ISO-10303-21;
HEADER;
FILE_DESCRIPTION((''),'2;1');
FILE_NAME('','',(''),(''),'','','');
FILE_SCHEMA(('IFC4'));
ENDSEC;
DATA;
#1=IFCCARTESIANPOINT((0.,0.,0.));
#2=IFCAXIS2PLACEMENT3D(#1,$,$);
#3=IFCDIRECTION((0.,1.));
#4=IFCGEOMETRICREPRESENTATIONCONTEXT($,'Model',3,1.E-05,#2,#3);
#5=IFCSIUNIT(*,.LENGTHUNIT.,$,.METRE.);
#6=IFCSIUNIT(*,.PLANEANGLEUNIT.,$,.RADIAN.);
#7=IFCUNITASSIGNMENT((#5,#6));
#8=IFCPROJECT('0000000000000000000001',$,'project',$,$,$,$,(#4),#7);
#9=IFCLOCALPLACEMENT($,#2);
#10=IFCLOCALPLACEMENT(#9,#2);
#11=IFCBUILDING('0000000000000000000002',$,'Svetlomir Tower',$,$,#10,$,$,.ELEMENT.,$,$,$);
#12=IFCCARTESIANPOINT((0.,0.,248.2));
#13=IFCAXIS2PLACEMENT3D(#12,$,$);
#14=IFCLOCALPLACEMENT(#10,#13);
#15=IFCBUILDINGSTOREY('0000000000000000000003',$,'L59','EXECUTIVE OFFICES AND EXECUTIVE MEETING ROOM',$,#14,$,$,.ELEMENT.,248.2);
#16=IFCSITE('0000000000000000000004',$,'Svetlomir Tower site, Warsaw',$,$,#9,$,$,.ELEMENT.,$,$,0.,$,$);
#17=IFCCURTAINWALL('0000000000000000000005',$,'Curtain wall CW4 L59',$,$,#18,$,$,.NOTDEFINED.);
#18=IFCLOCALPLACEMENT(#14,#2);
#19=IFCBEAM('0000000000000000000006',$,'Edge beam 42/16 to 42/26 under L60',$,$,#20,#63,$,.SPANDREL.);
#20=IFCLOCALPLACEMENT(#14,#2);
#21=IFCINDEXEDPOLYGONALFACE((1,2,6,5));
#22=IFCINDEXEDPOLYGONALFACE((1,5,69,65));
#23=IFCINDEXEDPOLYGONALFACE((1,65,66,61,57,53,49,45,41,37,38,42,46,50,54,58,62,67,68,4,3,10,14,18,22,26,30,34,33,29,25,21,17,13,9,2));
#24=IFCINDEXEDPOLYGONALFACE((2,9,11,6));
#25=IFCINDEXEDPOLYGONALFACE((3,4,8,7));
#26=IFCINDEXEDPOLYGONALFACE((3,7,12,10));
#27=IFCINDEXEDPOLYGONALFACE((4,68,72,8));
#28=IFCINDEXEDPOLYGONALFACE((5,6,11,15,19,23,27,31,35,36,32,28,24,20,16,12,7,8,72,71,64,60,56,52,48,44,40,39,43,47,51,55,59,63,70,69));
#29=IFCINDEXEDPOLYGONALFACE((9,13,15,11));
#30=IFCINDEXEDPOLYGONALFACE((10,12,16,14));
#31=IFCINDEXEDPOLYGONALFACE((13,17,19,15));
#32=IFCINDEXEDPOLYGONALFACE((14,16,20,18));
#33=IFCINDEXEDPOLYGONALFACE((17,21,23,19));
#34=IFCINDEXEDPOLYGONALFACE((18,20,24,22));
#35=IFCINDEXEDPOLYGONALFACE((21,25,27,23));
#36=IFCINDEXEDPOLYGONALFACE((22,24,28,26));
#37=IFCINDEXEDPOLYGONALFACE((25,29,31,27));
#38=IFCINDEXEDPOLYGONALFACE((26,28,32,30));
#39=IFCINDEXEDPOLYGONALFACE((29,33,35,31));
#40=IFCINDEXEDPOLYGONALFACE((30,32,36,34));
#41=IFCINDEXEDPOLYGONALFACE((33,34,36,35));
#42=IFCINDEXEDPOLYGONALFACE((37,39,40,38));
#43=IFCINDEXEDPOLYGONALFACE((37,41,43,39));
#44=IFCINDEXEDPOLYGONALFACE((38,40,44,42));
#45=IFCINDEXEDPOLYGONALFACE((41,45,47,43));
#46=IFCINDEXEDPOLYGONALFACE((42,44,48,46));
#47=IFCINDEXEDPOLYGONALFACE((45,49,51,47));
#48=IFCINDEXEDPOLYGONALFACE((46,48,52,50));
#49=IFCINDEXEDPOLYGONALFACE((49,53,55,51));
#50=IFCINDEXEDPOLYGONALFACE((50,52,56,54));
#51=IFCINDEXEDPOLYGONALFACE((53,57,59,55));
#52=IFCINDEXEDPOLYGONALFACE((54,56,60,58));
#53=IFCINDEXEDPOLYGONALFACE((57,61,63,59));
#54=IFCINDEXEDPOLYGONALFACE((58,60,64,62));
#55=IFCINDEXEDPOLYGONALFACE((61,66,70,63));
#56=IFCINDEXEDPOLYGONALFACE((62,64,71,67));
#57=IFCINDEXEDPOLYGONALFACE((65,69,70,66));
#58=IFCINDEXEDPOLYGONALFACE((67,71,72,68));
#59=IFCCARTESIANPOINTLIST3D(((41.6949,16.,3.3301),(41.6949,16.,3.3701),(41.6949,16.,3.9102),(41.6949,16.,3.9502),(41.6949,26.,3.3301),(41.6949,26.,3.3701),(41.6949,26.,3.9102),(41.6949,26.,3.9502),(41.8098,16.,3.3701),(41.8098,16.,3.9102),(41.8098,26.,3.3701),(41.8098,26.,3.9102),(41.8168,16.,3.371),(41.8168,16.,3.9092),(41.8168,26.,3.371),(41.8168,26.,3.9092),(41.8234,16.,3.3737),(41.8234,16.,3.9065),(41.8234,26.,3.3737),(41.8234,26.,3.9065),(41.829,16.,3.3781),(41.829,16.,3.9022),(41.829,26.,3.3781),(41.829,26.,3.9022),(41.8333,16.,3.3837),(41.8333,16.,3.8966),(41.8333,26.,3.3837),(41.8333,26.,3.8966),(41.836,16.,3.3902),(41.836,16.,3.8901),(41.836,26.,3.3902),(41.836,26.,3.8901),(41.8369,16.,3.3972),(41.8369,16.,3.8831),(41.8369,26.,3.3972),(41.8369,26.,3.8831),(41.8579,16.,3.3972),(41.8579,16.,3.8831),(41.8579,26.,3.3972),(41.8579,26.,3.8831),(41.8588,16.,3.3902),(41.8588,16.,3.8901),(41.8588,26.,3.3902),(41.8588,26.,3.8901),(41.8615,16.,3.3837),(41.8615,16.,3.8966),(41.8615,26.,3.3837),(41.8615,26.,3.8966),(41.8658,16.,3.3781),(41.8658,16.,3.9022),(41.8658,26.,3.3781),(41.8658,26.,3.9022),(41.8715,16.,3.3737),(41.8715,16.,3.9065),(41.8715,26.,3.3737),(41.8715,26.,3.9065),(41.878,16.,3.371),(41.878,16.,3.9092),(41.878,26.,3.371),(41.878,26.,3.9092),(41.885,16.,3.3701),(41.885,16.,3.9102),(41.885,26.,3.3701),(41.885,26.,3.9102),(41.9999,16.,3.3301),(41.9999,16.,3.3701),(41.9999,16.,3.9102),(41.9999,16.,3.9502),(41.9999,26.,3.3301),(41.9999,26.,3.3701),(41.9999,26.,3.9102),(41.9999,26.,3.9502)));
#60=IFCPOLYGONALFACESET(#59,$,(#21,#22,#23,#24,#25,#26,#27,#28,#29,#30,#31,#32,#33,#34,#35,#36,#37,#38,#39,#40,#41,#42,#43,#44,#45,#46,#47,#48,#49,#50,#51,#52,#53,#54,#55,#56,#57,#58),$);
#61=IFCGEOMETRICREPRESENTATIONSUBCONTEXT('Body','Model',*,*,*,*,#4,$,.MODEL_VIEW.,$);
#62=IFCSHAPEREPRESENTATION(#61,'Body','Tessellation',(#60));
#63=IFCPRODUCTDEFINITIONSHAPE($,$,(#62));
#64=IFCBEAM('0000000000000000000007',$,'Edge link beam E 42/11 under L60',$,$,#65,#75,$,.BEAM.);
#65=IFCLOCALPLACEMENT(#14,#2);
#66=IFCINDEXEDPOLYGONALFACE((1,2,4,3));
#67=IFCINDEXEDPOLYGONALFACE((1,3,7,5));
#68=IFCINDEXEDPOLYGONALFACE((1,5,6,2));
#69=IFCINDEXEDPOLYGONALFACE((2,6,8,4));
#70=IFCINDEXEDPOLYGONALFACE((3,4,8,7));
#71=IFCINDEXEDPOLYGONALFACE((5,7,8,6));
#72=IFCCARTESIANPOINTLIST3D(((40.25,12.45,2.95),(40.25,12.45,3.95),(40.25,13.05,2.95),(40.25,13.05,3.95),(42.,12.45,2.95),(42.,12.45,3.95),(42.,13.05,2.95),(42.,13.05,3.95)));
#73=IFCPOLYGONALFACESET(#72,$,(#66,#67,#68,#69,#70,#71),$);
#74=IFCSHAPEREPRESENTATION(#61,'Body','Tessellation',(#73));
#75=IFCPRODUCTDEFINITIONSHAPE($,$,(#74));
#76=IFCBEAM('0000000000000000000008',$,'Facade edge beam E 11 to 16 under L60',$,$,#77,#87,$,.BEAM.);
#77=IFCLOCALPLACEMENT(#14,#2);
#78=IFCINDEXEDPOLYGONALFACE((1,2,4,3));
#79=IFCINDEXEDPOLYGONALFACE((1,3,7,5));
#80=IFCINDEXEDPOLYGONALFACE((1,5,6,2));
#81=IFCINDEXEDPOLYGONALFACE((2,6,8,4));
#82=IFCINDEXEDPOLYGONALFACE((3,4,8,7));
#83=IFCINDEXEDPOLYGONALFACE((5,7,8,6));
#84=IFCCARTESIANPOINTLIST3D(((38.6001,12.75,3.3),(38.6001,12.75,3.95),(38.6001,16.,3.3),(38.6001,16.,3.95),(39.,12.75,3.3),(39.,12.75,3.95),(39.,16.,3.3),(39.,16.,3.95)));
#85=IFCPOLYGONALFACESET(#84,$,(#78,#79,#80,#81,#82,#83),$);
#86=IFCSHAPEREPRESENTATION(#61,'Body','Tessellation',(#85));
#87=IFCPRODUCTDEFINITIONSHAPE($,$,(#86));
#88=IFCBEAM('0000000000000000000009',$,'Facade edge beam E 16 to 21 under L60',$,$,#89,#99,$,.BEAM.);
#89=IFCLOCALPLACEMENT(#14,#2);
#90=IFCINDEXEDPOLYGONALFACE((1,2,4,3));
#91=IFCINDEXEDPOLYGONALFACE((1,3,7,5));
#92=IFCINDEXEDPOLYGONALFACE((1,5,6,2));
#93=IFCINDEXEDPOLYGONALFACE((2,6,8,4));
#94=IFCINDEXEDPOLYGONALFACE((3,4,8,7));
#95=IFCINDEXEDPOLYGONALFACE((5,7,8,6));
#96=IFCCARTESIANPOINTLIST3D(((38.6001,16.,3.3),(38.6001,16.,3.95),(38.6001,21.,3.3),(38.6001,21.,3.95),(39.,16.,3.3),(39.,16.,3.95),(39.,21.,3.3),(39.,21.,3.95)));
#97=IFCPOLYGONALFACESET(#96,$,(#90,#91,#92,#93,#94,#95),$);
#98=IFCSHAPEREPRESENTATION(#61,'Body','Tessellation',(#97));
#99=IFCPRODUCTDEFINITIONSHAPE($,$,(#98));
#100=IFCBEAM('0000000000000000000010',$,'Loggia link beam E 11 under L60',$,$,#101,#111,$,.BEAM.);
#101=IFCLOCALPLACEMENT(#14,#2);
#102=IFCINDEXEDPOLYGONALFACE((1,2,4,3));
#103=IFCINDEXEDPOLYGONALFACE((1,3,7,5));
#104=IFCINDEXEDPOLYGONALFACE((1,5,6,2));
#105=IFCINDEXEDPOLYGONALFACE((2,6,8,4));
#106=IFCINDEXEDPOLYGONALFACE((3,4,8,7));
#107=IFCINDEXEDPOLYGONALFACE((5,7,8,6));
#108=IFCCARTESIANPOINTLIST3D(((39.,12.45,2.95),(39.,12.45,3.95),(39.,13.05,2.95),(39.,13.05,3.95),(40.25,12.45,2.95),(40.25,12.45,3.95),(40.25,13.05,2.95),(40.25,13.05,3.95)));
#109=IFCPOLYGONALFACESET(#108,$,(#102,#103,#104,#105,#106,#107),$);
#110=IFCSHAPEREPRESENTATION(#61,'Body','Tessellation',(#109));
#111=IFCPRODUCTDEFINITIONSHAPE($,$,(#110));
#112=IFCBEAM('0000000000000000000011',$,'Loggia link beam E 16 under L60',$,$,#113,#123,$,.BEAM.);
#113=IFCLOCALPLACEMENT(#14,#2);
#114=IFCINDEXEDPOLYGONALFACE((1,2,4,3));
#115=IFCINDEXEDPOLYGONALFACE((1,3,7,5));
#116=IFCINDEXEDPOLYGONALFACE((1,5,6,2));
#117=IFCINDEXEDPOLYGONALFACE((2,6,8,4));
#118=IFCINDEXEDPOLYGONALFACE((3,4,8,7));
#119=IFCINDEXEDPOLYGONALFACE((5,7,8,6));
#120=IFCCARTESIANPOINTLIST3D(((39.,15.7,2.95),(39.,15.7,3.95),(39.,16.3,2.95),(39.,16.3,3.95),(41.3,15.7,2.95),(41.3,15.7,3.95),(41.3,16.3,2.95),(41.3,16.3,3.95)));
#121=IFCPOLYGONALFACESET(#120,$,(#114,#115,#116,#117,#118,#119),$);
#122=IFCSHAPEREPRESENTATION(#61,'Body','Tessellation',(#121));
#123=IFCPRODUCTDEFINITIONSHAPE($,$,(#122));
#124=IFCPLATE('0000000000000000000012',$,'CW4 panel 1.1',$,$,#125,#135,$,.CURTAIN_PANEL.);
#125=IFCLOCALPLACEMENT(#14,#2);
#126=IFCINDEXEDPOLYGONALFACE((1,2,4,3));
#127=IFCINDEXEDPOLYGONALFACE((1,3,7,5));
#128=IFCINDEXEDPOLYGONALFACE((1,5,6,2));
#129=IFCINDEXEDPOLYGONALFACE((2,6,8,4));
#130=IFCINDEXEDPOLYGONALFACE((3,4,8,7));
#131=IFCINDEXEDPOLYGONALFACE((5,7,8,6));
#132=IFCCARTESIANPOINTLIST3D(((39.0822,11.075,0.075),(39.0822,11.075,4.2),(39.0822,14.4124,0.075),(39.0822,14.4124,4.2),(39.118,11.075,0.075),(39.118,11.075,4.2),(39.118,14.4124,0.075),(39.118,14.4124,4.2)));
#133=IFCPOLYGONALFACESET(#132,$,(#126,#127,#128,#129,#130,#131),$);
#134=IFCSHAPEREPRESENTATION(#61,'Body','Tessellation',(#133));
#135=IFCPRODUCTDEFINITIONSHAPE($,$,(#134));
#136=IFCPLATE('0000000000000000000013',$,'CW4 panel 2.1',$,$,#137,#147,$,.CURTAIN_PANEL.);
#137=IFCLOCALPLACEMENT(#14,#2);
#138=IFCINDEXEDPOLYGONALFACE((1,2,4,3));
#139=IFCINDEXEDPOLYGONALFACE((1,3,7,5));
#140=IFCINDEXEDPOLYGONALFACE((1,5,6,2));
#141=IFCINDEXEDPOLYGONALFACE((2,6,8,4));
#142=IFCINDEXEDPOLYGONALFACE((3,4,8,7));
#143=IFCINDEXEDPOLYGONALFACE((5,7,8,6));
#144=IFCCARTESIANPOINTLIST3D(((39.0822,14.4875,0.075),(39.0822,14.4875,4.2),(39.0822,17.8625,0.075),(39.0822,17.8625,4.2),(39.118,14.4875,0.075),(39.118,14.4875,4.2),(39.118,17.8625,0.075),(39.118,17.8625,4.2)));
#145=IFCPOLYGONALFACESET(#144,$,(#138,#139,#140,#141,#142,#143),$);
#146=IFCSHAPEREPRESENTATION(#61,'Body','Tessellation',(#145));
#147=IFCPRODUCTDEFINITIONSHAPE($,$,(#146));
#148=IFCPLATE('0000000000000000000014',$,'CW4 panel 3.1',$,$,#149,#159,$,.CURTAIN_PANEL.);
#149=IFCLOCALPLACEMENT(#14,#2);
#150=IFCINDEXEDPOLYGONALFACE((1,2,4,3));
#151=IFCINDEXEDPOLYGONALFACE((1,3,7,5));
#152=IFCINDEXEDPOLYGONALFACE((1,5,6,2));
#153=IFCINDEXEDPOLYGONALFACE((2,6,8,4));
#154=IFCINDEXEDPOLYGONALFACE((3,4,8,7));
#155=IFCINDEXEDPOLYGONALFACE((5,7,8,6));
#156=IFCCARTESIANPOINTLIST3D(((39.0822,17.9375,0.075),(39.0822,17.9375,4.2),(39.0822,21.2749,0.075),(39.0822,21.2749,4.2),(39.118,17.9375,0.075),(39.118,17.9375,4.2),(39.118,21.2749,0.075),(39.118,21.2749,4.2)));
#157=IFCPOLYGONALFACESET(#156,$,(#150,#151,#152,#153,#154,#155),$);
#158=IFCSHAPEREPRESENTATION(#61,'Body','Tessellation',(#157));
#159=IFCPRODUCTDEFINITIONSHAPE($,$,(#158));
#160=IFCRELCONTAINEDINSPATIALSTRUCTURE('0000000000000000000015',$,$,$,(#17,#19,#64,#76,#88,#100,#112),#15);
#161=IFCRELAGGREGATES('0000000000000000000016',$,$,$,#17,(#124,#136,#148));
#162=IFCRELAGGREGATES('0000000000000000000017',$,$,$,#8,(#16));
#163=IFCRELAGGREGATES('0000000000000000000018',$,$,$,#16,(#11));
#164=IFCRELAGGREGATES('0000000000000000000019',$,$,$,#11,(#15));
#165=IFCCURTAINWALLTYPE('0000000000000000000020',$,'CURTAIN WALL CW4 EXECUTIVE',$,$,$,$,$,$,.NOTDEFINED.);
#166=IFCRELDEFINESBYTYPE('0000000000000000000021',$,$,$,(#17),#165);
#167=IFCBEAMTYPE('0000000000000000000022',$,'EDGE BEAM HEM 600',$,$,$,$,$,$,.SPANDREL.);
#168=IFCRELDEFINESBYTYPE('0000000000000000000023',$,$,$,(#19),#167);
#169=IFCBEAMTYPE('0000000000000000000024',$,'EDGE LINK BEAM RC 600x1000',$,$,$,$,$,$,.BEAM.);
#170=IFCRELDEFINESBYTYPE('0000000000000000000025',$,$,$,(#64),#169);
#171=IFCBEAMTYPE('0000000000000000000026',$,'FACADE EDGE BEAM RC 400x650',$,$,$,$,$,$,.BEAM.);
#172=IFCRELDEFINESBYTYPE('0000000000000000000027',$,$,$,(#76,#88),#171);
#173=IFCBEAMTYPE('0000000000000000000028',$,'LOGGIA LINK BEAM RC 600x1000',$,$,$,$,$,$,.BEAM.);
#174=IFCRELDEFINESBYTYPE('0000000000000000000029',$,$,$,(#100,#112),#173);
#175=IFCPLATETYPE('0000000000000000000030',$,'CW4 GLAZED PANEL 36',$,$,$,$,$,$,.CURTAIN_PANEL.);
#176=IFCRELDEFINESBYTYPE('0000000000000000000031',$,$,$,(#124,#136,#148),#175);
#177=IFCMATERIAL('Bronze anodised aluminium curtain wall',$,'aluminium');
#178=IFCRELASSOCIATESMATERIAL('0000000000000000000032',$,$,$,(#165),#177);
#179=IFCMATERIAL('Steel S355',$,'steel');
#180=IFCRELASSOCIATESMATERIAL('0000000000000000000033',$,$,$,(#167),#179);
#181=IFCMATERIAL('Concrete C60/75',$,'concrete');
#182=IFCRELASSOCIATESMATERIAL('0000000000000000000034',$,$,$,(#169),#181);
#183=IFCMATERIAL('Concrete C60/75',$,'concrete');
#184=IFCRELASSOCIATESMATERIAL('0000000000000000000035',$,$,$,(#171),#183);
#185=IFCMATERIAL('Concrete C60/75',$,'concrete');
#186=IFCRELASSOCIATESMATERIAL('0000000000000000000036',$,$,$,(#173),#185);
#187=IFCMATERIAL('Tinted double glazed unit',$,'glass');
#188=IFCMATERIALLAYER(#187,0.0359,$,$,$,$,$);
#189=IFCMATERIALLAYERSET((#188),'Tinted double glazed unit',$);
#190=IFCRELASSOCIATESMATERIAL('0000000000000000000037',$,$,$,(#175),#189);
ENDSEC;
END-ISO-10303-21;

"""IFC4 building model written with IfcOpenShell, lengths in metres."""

from ifc_helpers import new_model, si_unit, direction, frame, origin, origin_2d, place, context, subcontext, project, spatial, rectangle, i_section, extrude, material, layer, layer_set, material_profile, profile_set, type_object, element, aggregate, save


model = new_model("IFC4")

# Units and contexts
model_context = context("Model", 3, precision=1e-05, world=origin(), true_north=direction((0.0, 1.0)))
body_context = subcontext(model_context, "Body", "Model", "MODEL_VIEW")
ifc_project = project(units=[si_unit("LENGTHUNIT", "METRE"), si_unit("PLANEANGLEUNIT", "RADIAN")], contexts=[model_context])

# Site, building, storey
site_placement = place(None, origin())
site = spatial("IfcSite", under=ifc_project, at=site_placement, Name="Svetlomir Tower site, Warsaw", CompositionType="ELEMENT", RefElevation=0.0)
building_placement = place(site_placement, origin())
building = spatial("IfcBuilding", under=site, at=building_placement, Name="Svetlomir Tower", CompositionType="ELEMENT")
storey_placement = place(building_placement, frame((0.0, 0.0, 248.2)))
storey = spatial("IfcBuildingStorey", under=building, at=storey_placement, Name="L59", Description="EXECUTIVE OFFICES AND EXECUTIVE MEETING ROOM", CompositionType="ELEMENT", Elevation=248.2)

# Curtain wall
ifc_material_1 = material(Name="Bronze anodised aluminium curtain wall", Category="aluminium")
curtain_wall_type = type_object("IfcCurtainWallType", Name="CURTAIN WALL CW4 EXECUTIVE", PredefinedType="NOTDEFINED", material=ifc_material_1)
curtain_wall_placement = place(storey_placement, origin())
curtain_wall = element("IfcCurtainWall", 1, at=curtain_wall_placement, inside=storey, type_object=curtain_wall_type, Name="Curtain wall CW4 L59", PredefinedType="NOTDEFINED")

# Beams
ifc_material_2 = material(Name="Steel S355", Category="steel")
ifc_material_profile_1 = material_profile(ifc_material_2, i_section(OverallWidth=0.3049, OverallDepth=0.6201, WebThickness=0.021, FlangeThickness=0.04, FilletRadius=0.0271, at=origin_2d()), Name="HEM 600")
ifc_profile_set_1 = profile_set([ifc_material_profile_1], Name="Steel S355")
beam_type_1 = type_object("IfcBeamType", Name="EDGE BEAM HEM 600", PredefinedType="SPANDREL", material=ifc_profile_set_1)
beam_1_placement = place(storey_placement, frame((41.8474, 16.0, 3.6401), z_axis=(0.0, 1.0, 0.0), x_axis=(-1.0, 0.0, 0.0)))
element("IfcBeam", 2, at=beam_1_placement, inside=storey, type_object=beam_type_1, Name="Edge beam 42/16 to 42/26 under L60", PredefinedType="SPANDREL", context=body_context, shape_type="SweptSolid", body=[
    extrude(i_section(OverallWidth=0.3049, OverallDepth=0.6201, WebThickness=0.021, FlangeThickness=0.04, FilletRadius=0.0271, at=origin_2d()), origin(), (0.0, 0.0, 1.0), 10.0),
])
ifc_material_3 = material(Name="Concrete C60/75", Category="concrete")
ifc_material_profile_2 = material_profile(ifc_material_3, rectangle(XDim=0.6001, YDim=1.0, at=origin_2d()), Name="RC 600x1000")
ifc_profile_set_2 = profile_set([ifc_material_profile_2], Name="Concrete C60/75")
beam_type_2 = type_object("IfcBeamType", Name="EDGE LINK BEAM RC 600x1000", PredefinedType="BEAM", material=ifc_profile_set_2)
beam_2_placement = place(storey_placement, frame((40.25, 12.75, 3.45), z_axis=(1.0, 0.0, 0.0), x_axis=(0.0, 1.0, 0.0)))
element("IfcBeam", 3, at=beam_2_placement, inside=storey, type_object=beam_type_2, Name="Edge link beam E 42/11 under L60", PredefinedType="BEAM", context=body_context, shape_type="SweptSolid", body=[
    extrude(rectangle(XDim=0.6001, YDim=1.0, at=origin_2d()), origin(), (0.0, 0.0, 1.0), 1.75),
])
ifc_material_4 = material(Name="Concrete C60/75", Category="concrete")
ifc_material_profile_3 = material_profile(ifc_material_4, rectangle(XDim=0.3999, YDim=0.6499, at=origin_2d()), Name="RC 400x650")
ifc_profile_set_3 = profile_set([ifc_material_profile_3], Name="Concrete C60/75")
beam_type_3 = type_object("IfcBeamType", Name="FACADE EDGE BEAM RC 400x650", PredefinedType="BEAM", material=ifc_profile_set_3)
beam_3_placement = place(storey_placement, frame((38.8, 12.75, 3.625), z_axis=(0.0, 1.0, 0.0), x_axis=(-1.0, 0.0, 0.0)))
element("IfcBeam", 4, at=beam_3_placement, inside=storey, type_object=beam_type_3, Name="Facade edge beam E 11 to 16 under L60", PredefinedType="BEAM", context=body_context, shape_type="SweptSolid", body=[
    extrude(rectangle(XDim=0.3999, YDim=0.6499, at=origin_2d()), origin(), (0.0, 0.0, 1.0), 3.25),
])
beam_4_placement = place(storey_placement, frame((38.8, 16.0, 3.625), z_axis=(0.0, 1.0, 0.0), x_axis=(-1.0, 0.0, 0.0)))
element("IfcBeam", 5, at=beam_4_placement, inside=storey, type_object=beam_type_3, Name="Facade edge beam E 16 to 21 under L60", PredefinedType="BEAM", context=body_context, shape_type="SweptSolid", body=[
    extrude(rectangle(XDim=0.3999, YDim=0.6499, at=origin_2d()), origin(), (0.0, 0.0, 1.0), 5.0),
])
ifc_material_5 = material(Name="Concrete C60/75", Category="concrete")
ifc_material_profile_4 = material_profile(ifc_material_5, rectangle(XDim=0.6001, YDim=1.0, at=origin_2d()), Name="RC 600x1000")
ifc_profile_set_4 = profile_set([ifc_material_profile_4], Name="Concrete C60/75")
beam_type_4 = type_object("IfcBeamType", Name="LOGGIA LINK BEAM RC 600x1000", PredefinedType="BEAM", material=ifc_profile_set_4)
beam_5_placement = place(storey_placement, frame((40.25, 12.75, 3.45), z_axis=(-1.0, 0.0, 0.0), x_axis=(0.0, -1.0, 0.0)))
element("IfcBeam", 6, at=beam_5_placement, inside=storey, type_object=beam_type_4, Name="Loggia link beam E 11 under L60", PredefinedType="BEAM", context=body_context, shape_type="SweptSolid", body=[
    extrude(rectangle(XDim=0.6001, YDim=1.0, at=origin_2d()), origin(), (0.0, 0.0, 1.0), 1.25),
])
beam_6_placement = place(storey_placement, frame((41.3, 16.0, 3.45), z_axis=(-1.0, 0.0, 0.0), x_axis=(0.0, -1.0, 0.0)))
element("IfcBeam", 7, at=beam_6_placement, inside=storey, type_object=beam_type_4, Name="Loggia link beam E 16 under L60", PredefinedType="BEAM", context=body_context, shape_type="SweptSolid", body=[
    extrude(rectangle(XDim=0.6001, YDim=1.0, at=origin_2d()), origin(), (0.0, 0.0, 1.0), 2.3),
])

# Plates
ifc_material_6 = material(Name="Tinted double glazed unit", Category="glass")
ifc_layer_1 = layer(ifc_material_6, 0.0359)
ifc_layer_set_1 = layer_set([ifc_layer_1], Name="Tinted double glazed unit")
plate_type = type_object("IfcPlateType", Name="CW4 GLAZED PANEL 36", PredefinedType="CURTAIN_PANEL", material=ifc_layer_set_1)
plate_1_placement = place(storey_placement, frame((39.1001, 12.7437, 0.075), z_axis=(0.0, 0.0, 1.0), x_axis=(0.0, 1.0, 0.0)))
plate_1 = element("IfcPlate", 8, at=plate_1_placement, type_object=plate_type, Name="CW4 panel 1.1", PredefinedType="CURTAIN_PANEL", context=body_context, shape_type="SweptSolid", body=[
    extrude(rectangle(XDim=3.3374, YDim=0.0359, at=origin_2d()), origin(), (0.0, 0.0, 1.0), 4.125),
])
plate_2_placement = place(storey_placement, frame((39.1001, 16.175, 0.075), z_axis=(0.0, 0.0, 1.0), x_axis=(0.0, 1.0, 0.0)))
plate_2 = element("IfcPlate", 9, at=plate_2_placement, type_object=plate_type, Name="CW4 panel 2.1", PredefinedType="CURTAIN_PANEL", context=body_context, shape_type="SweptSolid", body=[
    extrude(rectangle(XDim=3.375, YDim=0.0359, at=origin_2d()), origin(), (0.0, 0.0, 1.0), 4.125),
])
plate_3_placement = place(storey_placement, frame((39.1001, 19.6062, 0.075), z_axis=(0.0, 0.0, 1.0), x_axis=(0.0, 1.0, 0.0)))
plate_3 = element("IfcPlate", 10, at=plate_3_placement, type_object=plate_type, Name="CW4 panel 3.1", PredefinedType="CURTAIN_PANEL", context=body_context, shape_type="SweptSolid", body=[
    extrude(rectangle(XDim=3.3374, YDim=0.0359, at=origin_2d()), origin(), (0.0, 0.0, 1.0), 4.125),
])
aggregate(curtain_wall, [plate_1, plate_2, plate_3])

save(model, "model.ifc")
